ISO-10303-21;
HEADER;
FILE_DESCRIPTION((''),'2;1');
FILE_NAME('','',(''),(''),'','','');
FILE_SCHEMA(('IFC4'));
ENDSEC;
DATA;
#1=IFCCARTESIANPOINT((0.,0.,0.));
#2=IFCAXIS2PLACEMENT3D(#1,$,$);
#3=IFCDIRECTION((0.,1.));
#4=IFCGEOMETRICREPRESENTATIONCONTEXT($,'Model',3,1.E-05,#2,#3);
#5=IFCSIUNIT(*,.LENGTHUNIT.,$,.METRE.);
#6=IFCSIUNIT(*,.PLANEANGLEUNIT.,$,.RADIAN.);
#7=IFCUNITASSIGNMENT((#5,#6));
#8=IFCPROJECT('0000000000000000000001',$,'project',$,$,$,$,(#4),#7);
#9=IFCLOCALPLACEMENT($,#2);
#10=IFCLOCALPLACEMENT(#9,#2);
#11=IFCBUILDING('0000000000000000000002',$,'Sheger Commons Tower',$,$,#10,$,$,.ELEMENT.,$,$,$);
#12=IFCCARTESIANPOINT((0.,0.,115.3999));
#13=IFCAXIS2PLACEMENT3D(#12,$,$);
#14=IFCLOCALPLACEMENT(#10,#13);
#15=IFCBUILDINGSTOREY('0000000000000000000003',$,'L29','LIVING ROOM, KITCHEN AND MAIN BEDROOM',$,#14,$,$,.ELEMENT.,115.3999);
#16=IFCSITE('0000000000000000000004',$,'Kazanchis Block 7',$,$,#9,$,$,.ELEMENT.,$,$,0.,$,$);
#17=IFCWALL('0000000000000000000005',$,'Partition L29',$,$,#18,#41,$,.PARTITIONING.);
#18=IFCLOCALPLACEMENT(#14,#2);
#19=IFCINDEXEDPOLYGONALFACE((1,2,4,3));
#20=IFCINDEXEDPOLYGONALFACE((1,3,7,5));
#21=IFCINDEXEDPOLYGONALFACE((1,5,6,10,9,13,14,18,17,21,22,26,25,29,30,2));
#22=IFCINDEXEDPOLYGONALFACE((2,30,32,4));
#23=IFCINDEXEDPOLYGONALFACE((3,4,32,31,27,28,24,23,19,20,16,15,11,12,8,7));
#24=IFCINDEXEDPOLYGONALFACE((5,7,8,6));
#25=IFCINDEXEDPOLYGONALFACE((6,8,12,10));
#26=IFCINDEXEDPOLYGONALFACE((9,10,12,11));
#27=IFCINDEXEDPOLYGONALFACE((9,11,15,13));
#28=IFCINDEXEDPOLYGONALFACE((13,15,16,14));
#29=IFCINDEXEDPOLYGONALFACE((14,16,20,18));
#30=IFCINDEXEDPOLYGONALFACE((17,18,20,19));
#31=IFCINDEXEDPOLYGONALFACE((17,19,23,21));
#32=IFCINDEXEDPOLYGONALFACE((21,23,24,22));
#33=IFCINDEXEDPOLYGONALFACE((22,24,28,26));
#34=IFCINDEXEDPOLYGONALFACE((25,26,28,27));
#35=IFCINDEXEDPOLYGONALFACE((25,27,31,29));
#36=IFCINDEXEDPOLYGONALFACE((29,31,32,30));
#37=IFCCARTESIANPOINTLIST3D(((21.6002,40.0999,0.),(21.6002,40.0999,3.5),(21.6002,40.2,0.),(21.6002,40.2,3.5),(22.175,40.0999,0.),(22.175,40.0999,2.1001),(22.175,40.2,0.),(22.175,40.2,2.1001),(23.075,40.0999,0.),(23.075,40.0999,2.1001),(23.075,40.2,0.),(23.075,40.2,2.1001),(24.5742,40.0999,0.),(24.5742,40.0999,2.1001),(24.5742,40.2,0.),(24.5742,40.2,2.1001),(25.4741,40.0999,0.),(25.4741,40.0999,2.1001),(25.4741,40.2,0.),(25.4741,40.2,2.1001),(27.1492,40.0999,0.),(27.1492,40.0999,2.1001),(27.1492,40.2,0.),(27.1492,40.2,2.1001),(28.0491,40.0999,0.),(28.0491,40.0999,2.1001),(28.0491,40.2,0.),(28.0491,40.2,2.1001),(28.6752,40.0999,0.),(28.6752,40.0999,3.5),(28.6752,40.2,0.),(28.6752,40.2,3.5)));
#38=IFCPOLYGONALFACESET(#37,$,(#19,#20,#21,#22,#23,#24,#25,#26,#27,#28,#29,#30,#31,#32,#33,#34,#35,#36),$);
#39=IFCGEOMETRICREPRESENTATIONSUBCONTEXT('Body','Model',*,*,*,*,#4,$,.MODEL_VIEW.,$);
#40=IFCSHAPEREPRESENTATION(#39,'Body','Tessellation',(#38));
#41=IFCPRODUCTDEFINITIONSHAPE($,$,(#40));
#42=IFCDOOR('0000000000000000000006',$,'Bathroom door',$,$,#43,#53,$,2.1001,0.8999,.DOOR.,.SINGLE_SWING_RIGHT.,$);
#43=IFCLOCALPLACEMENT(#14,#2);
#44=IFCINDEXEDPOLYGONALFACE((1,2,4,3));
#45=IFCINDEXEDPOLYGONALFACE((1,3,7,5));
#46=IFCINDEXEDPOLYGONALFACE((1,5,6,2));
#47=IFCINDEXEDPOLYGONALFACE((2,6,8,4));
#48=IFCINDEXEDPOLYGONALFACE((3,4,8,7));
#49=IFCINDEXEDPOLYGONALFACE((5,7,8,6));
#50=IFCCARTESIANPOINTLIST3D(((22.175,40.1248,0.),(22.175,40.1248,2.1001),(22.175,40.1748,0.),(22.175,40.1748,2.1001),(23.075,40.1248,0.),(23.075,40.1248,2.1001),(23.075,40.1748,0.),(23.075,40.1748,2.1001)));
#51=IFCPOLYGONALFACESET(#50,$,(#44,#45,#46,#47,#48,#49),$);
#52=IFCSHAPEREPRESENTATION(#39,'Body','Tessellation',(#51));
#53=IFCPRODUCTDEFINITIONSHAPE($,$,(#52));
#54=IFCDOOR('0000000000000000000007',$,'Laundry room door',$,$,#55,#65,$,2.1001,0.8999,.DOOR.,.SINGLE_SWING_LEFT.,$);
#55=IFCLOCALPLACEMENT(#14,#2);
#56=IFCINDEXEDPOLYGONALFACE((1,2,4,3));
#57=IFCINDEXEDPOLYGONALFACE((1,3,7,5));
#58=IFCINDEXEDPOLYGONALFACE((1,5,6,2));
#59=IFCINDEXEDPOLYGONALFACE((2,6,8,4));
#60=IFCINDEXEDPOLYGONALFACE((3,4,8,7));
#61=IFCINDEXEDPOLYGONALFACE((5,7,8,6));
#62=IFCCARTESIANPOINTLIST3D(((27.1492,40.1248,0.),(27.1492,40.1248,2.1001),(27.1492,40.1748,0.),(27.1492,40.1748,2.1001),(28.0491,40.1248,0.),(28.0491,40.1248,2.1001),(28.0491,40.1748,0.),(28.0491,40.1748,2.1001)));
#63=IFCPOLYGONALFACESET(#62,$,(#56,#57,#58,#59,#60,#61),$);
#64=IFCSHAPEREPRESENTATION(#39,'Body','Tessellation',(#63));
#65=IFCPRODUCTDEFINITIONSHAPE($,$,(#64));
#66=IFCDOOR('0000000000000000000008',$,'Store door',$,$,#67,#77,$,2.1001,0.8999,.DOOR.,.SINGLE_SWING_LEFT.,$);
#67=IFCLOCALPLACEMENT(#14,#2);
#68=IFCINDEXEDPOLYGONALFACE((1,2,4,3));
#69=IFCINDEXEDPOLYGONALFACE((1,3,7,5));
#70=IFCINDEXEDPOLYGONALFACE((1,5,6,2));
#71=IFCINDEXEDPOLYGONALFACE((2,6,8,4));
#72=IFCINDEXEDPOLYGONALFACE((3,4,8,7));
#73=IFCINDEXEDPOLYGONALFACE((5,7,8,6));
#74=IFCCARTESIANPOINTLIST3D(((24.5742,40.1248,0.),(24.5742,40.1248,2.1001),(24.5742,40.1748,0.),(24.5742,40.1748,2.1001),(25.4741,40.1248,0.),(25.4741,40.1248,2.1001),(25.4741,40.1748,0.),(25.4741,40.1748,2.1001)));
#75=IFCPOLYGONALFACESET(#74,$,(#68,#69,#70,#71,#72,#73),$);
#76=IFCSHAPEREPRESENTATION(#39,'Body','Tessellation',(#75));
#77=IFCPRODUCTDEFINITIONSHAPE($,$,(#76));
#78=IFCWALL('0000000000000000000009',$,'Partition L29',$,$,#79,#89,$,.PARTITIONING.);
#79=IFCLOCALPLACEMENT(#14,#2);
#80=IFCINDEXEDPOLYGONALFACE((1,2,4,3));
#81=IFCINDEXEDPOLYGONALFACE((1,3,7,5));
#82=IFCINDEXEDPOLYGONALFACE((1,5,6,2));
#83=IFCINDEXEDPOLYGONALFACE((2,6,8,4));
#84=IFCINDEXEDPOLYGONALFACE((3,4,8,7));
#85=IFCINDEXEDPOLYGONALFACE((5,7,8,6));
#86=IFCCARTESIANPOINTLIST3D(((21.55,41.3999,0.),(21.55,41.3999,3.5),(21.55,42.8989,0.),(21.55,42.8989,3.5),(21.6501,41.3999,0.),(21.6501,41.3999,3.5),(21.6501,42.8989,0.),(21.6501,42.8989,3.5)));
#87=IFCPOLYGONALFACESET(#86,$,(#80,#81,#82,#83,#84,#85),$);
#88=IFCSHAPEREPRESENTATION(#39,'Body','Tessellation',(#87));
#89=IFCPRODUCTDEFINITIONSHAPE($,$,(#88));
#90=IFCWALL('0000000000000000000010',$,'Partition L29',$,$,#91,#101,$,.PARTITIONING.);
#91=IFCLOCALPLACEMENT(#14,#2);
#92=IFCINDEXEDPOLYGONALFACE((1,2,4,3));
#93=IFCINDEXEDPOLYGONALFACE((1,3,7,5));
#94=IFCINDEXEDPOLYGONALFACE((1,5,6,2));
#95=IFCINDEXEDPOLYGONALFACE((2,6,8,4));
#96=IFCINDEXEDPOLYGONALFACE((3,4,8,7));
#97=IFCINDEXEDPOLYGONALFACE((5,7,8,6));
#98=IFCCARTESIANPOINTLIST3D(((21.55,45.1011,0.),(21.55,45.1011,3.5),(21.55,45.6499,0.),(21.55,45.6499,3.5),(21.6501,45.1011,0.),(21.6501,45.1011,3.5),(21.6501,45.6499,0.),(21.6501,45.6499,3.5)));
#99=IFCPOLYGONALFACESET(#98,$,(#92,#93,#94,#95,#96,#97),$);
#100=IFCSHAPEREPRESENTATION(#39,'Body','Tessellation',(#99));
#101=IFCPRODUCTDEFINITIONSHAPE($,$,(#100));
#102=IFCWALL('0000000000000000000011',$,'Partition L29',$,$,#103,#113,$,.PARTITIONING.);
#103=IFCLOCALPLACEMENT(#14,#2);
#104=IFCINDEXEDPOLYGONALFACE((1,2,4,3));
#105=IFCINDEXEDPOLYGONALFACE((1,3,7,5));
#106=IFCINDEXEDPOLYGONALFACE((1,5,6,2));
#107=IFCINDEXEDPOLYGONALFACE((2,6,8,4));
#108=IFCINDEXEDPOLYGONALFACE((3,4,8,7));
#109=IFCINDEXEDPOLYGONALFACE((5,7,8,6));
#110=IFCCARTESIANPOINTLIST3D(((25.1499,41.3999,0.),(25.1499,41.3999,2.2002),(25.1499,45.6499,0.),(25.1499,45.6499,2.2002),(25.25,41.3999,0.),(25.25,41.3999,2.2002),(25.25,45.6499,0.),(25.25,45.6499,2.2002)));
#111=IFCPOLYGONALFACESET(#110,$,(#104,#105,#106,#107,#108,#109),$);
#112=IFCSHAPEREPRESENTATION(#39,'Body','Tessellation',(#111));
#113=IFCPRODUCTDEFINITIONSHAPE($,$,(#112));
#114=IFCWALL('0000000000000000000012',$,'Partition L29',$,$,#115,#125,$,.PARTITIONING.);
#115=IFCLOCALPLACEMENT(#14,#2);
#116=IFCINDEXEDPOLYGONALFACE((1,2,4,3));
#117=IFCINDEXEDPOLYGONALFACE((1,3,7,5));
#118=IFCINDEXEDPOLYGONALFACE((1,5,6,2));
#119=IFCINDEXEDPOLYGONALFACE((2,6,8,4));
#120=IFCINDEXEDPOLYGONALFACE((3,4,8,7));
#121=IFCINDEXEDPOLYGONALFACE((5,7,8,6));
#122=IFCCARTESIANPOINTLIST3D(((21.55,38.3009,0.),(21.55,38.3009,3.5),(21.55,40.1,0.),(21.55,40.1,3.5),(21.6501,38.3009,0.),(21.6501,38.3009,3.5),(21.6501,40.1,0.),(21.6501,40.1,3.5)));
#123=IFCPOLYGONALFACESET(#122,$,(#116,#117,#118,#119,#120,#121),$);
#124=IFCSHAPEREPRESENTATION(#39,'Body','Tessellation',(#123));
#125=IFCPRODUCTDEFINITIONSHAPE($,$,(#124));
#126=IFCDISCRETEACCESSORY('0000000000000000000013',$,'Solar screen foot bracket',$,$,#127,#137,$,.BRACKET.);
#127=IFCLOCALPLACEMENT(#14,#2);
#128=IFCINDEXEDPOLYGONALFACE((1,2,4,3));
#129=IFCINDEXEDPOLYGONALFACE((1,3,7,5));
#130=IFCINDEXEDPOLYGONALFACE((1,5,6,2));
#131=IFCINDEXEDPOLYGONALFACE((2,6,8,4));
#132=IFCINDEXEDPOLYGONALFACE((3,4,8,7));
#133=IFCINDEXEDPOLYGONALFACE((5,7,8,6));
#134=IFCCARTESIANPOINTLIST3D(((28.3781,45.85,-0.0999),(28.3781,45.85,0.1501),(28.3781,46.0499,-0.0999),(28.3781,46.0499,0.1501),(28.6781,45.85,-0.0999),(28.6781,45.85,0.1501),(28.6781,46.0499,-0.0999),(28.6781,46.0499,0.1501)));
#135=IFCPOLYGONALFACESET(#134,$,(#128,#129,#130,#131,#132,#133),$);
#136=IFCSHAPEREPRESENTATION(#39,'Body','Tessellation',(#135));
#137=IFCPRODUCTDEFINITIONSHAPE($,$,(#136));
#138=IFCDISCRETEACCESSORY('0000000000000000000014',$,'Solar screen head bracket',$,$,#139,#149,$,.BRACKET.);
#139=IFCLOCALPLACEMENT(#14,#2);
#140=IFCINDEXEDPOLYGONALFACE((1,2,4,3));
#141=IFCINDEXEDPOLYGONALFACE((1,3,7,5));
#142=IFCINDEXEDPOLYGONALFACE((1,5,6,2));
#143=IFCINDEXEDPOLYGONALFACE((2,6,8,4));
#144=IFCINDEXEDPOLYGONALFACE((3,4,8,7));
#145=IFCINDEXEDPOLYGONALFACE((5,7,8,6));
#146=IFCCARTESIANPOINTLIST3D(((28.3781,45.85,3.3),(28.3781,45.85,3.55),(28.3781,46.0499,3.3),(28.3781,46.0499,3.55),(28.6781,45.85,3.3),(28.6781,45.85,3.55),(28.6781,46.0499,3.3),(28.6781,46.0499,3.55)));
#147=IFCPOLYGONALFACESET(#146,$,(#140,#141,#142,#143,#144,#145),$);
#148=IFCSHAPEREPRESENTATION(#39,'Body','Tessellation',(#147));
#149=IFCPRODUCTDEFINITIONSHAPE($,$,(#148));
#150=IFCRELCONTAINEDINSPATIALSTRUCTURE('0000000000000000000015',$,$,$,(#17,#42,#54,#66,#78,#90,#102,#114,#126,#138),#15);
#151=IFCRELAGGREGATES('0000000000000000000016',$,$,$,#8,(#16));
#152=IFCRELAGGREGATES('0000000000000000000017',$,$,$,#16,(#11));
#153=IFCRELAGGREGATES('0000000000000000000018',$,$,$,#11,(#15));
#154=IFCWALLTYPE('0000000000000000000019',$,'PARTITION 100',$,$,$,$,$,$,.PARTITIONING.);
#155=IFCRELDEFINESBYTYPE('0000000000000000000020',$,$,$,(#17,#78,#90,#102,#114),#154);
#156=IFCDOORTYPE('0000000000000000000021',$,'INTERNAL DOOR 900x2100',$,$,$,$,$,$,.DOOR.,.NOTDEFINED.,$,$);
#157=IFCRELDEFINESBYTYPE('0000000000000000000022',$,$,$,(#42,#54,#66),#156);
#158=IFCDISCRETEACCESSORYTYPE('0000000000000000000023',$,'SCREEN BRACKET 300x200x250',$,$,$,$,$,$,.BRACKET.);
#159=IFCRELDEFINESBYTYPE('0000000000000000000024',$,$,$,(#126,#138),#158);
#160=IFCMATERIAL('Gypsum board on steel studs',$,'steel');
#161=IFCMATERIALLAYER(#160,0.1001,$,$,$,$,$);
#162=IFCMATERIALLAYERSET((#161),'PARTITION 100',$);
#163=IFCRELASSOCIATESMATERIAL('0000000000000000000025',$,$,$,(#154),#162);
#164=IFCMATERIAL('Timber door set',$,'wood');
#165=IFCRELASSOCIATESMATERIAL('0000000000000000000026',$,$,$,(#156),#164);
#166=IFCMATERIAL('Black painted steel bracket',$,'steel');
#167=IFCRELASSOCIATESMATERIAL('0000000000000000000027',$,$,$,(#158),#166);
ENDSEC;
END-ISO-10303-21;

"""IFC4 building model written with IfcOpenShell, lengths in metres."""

from ifc_helpers import new_model, si_unit, direction, frame, frame_2d, origin, origin_2d, place, context, subcontext, project, spatial, rectangle, extrude, material, layer, layer_set, type_object, element, fill, save


model = new_model("IFC4")

# Units and contexts
model_context = context("Model", 3, precision=1e-05, world=origin(), true_north=direction((0.0, 1.0)))
body_context = subcontext(model_context, "Body", "Model", "MODEL_VIEW")
ifc_project = project(units=[si_unit("LENGTHUNIT", "METRE"), si_unit("PLANEANGLEUNIT", "RADIAN")], contexts=[model_context])

# Site, building, storey
site_placement = place(None, origin())
site = spatial("IfcSite", under=ifc_project, at=site_placement, Name="Kazanchis Block 7", CompositionType="ELEMENT", RefElevation=0.0)
building_placement = place(site_placement, origin())
building = spatial("IfcBuilding", under=site, at=building_placement, Name="Sheger Commons Tower", CompositionType="ELEMENT")
storey_placement = place(building_placement, frame((0.0, 0.0, 115.3999)))
storey = spatial("IfcBuildingStorey", under=building, at=storey_placement, Name="L29", Description="LIVING ROOM, KITCHEN AND MAIN BEDROOM", CompositionType="ELEMENT", Elevation=115.3999)

# Wall, openings, doors
ifc_material_1 = material(Name="Gypsum board on steel studs", Category="steel")
ifc_layer_1 = layer(ifc_material_1, 0.1001)
ifc_layer_set_1 = layer_set([ifc_layer_1], Name="PARTITION 100")
wall_type = type_object("IfcWallType", Name="PARTITION 100", PredefinedType="PARTITIONING", material=ifc_layer_set_1)
ifc_material_2 = material(Name="Timber door set", Category="wood")
door_type = type_object("IfcDoorType", Name="INTERNAL DOOR 900x2100", OperationType="NOTDEFINED", PredefinedType="DOOR", material=ifc_material_2)
wall_1_placement = place(storey_placement, frame((21.6001, 40.1499, 0.0), z_axis=(0.0, 0.0, 1.0), x_axis=(1.0, 0.0, 0.0)))
wall_1 = element("IfcWall", 1, at=wall_1_placement, inside=storey, type_object=wall_type, Name="Partition L29", PredefinedType="PARTITIONING", context=body_context, shape_type="SweptSolid", body=[
    extrude(rectangle(XDim=7.075, YDim=0.1001, at=frame_2d((3.5376, 0.0))), origin(), (0.0, 0.0, 1.0), 3.5),
])
opening_1_placement = place(wall_1_placement, frame((0.575, 0.0, 0.0)))
opening_1 = element("IfcOpeningElement", 2, at=opening_1_placement, cuts=wall_1, PredefinedType="OPENING", context=body_context, shape_type="SweptSolid", body=[
    extrude(rectangle(XDim=0.8999, YDim=2.1001, at=frame_2d((0.45, 1.05))), frame((0.0, 0.0601, 0.0), z_axis=(0.0, -1.0, 0.0), x_axis=(1.0, 0.0, 0.0)), (0.0, 0.0, 1.0), 0.1201),
])
opening_2_placement = place(wall_1_placement, frame((5.5491, 0.0, 0.0)))
opening_2 = element("IfcOpeningElement", 3, at=opening_2_placement, cuts=wall_1, PredefinedType="OPENING", context=body_context, shape_type="SweptSolid", body=[
    extrude(rectangle(XDim=0.8999, YDim=2.1001, at=frame_2d((0.45, 1.05))), frame((0.0, 0.0601, 0.0), z_axis=(0.0, -1.0, 0.0), x_axis=(1.0, 0.0, 0.0)), (0.0, 0.0, 1.0), 0.1201),
])
opening_3_placement = place(wall_1_placement, frame((2.9741, 0.0, 0.0)))
opening_3 = element("IfcOpeningElement", 4, at=opening_3_placement, cuts=wall_1, PredefinedType="OPENING", context=body_context, shape_type="SweptSolid", body=[
    extrude(rectangle(XDim=0.8999, YDim=2.1001, at=frame_2d((0.45, 1.05))), frame((0.0, 0.0601, 0.0), z_axis=(0.0, -1.0, 0.0), x_axis=(1.0, 0.0, 0.0)), (0.0, 0.0, 1.0), 0.1201),
])
door_1_placement = place(opening_1_placement, origin())
door_1 = element("IfcDoor", 5, at=door_1_placement, inside=storey, type_object=door_type, Name="Bathroom door", OperationType="SINGLE_SWING_RIGHT", OverallHeight=2.1001, OverallWidth=0.8999, PredefinedType="DOOR", context=body_context, shape_type="SweptSolid", body=[
    extrude(rectangle(XDim=0.8999, YDim=2.1001, at=frame_2d((0.45, 1.05))), frame((0.0, 0.0249, 0.0), z_axis=(0.0, -1.0, 0.0), x_axis=(1.0, 0.0, 0.0)), (0.0, 0.0, 1.0), 0.05),
])
fill(opening_1, door_1)
door_2_placement = place(opening_2_placement, origin())
door_2 = element("IfcDoor", 6, at=door_2_placement, inside=storey, type_object=door_type, Name="Laundry room door", OperationType="SINGLE_SWING_LEFT", OverallHeight=2.1001, OverallWidth=0.8999, PredefinedType="DOOR", context=body_context, shape_type="SweptSolid", body=[
    extrude(rectangle(XDim=0.8999, YDim=2.1001, at=frame_2d((0.45, 1.05))), frame((0.0, 0.0249, 0.0), z_axis=(0.0, -1.0, 0.0), x_axis=(1.0, 0.0, 0.0)), (0.0, 0.0, 1.0), 0.05),
])
fill(opening_2, door_2)
door_3_placement = place(opening_3_placement, origin())
door_3 = element("IfcDoor", 7, at=door_3_placement, inside=storey, type_object=door_type, Name="Store door", OperationType="SINGLE_SWING_LEFT", OverallHeight=2.1001, OverallWidth=0.8999, PredefinedType="DOOR", context=body_context, shape_type="SweptSolid", body=[
    extrude(rectangle(XDim=0.8999, YDim=2.1001, at=frame_2d((0.45, 1.05))), frame((0.0, 0.0249, 0.0), z_axis=(0.0, -1.0, 0.0), x_axis=(1.0, 0.0, 0.0)), (0.0, 0.0, 1.0), 0.05),
])
fill(opening_3, door_3)

# Walls
wall_2_placement = place(storey_placement, frame((21.6001, 41.3999, 0.0), z_axis=(0.0, 0.0, 1.0), x_axis=(0.0, 1.0, 0.0)))
element("IfcWall", 8, at=wall_2_placement, inside=storey, type_object=wall_type, Name="Partition L29", PredefinedType="PARTITIONING", context=body_context, shape_type="SweptSolid", body=[
    extrude(rectangle(XDim=1.499, YDim=0.1001, at=frame_2d((0.7495, 0.0))), origin(), (0.0, 0.0, 1.0), 3.5),
])
wall_3_placement = place(storey_placement, frame((21.6001, 45.1011, 0.0), z_axis=(0.0, 0.0, 1.0), x_axis=(0.0, 1.0, 0.0)))
element("IfcWall", 9, at=wall_3_placement, inside=storey, type_object=wall_type, Name="Partition L29", PredefinedType="PARTITIONING", context=body_context, shape_type="SweptSolid", body=[
    extrude(rectangle(XDim=0.5488, YDim=0.1001, at=frame_2d((0.2744, 0.0))), origin(), (0.0, 0.0, 1.0), 3.5),
])
wall_4_placement = place(storey_placement, frame((25.2, 41.3999, 0.0), z_axis=(0.0, 0.0, 1.0), x_axis=(0.0, 1.0, 0.0)))
element("IfcWall", 10, at=wall_4_placement, inside=storey, type_object=wall_type, Name="Partition L29", PredefinedType="PARTITIONING", context=body_context, shape_type="SweptSolid", body=[
    extrude(rectangle(XDim=4.25, YDim=0.1001, at=frame_2d((2.125, 0.0))), origin(), (0.0, 0.0, 1.0), 2.2002),
])
wall_5_placement = place(storey_placement, frame((21.6001, 38.301, 0.0), z_axis=(0.0, 0.0, 1.0), x_axis=(0.0, 1.0, 0.0)))
element("IfcWall", 11, at=wall_5_placement, inside=storey, type_object=wall_type, Name="Partition L29", PredefinedType="PARTITIONING", context=body_context, shape_type="SweptSolid", body=[
    extrude(rectangle(XDim=1.7991, YDim=0.1001, at=frame_2d((0.8994, 0.0))), origin(), (0.0, 0.0, 1.0), 3.5),
])

# Discrete accessories
ifc_material_3 = material(Name="Black painted steel bracket", Category="steel")
discrete_accessory_type = type_object("IfcDiscreteAccessoryType", Name="SCREEN BRACKET 300x200x250", PredefinedType="BRACKET", material=ifc_material_3)
for number, where, z_axis, x_axis, name in (
    (12, (28.5281, 45.95, -0.0999), (0.0, 0.0, 1.0), (-1.0, 0.0, 0.0), "Solar screen foot bracket"),
    (13, (28.5281, 45.95, 3.3), (0.0, 0.0, 1.0), (-1.0, 0.0, 0.0), "Solar screen head bracket"),
):
    element("IfcDiscreteAccessory", number, at=place(storey_placement, frame(where, z_axis=z_axis, x_axis=x_axis)), inside=storey, type_object=discrete_accessory_type, Name=name, PredefinedType="BRACKET", context=body_context, shape_type="SweptSolid", body=[
        extrude(rectangle(XDim=0.3, YDim=0.2, at=origin_2d()), origin(), (0.0, 0.0, 1.0), 0.25),
    ])

save(model, "model.ifc")
